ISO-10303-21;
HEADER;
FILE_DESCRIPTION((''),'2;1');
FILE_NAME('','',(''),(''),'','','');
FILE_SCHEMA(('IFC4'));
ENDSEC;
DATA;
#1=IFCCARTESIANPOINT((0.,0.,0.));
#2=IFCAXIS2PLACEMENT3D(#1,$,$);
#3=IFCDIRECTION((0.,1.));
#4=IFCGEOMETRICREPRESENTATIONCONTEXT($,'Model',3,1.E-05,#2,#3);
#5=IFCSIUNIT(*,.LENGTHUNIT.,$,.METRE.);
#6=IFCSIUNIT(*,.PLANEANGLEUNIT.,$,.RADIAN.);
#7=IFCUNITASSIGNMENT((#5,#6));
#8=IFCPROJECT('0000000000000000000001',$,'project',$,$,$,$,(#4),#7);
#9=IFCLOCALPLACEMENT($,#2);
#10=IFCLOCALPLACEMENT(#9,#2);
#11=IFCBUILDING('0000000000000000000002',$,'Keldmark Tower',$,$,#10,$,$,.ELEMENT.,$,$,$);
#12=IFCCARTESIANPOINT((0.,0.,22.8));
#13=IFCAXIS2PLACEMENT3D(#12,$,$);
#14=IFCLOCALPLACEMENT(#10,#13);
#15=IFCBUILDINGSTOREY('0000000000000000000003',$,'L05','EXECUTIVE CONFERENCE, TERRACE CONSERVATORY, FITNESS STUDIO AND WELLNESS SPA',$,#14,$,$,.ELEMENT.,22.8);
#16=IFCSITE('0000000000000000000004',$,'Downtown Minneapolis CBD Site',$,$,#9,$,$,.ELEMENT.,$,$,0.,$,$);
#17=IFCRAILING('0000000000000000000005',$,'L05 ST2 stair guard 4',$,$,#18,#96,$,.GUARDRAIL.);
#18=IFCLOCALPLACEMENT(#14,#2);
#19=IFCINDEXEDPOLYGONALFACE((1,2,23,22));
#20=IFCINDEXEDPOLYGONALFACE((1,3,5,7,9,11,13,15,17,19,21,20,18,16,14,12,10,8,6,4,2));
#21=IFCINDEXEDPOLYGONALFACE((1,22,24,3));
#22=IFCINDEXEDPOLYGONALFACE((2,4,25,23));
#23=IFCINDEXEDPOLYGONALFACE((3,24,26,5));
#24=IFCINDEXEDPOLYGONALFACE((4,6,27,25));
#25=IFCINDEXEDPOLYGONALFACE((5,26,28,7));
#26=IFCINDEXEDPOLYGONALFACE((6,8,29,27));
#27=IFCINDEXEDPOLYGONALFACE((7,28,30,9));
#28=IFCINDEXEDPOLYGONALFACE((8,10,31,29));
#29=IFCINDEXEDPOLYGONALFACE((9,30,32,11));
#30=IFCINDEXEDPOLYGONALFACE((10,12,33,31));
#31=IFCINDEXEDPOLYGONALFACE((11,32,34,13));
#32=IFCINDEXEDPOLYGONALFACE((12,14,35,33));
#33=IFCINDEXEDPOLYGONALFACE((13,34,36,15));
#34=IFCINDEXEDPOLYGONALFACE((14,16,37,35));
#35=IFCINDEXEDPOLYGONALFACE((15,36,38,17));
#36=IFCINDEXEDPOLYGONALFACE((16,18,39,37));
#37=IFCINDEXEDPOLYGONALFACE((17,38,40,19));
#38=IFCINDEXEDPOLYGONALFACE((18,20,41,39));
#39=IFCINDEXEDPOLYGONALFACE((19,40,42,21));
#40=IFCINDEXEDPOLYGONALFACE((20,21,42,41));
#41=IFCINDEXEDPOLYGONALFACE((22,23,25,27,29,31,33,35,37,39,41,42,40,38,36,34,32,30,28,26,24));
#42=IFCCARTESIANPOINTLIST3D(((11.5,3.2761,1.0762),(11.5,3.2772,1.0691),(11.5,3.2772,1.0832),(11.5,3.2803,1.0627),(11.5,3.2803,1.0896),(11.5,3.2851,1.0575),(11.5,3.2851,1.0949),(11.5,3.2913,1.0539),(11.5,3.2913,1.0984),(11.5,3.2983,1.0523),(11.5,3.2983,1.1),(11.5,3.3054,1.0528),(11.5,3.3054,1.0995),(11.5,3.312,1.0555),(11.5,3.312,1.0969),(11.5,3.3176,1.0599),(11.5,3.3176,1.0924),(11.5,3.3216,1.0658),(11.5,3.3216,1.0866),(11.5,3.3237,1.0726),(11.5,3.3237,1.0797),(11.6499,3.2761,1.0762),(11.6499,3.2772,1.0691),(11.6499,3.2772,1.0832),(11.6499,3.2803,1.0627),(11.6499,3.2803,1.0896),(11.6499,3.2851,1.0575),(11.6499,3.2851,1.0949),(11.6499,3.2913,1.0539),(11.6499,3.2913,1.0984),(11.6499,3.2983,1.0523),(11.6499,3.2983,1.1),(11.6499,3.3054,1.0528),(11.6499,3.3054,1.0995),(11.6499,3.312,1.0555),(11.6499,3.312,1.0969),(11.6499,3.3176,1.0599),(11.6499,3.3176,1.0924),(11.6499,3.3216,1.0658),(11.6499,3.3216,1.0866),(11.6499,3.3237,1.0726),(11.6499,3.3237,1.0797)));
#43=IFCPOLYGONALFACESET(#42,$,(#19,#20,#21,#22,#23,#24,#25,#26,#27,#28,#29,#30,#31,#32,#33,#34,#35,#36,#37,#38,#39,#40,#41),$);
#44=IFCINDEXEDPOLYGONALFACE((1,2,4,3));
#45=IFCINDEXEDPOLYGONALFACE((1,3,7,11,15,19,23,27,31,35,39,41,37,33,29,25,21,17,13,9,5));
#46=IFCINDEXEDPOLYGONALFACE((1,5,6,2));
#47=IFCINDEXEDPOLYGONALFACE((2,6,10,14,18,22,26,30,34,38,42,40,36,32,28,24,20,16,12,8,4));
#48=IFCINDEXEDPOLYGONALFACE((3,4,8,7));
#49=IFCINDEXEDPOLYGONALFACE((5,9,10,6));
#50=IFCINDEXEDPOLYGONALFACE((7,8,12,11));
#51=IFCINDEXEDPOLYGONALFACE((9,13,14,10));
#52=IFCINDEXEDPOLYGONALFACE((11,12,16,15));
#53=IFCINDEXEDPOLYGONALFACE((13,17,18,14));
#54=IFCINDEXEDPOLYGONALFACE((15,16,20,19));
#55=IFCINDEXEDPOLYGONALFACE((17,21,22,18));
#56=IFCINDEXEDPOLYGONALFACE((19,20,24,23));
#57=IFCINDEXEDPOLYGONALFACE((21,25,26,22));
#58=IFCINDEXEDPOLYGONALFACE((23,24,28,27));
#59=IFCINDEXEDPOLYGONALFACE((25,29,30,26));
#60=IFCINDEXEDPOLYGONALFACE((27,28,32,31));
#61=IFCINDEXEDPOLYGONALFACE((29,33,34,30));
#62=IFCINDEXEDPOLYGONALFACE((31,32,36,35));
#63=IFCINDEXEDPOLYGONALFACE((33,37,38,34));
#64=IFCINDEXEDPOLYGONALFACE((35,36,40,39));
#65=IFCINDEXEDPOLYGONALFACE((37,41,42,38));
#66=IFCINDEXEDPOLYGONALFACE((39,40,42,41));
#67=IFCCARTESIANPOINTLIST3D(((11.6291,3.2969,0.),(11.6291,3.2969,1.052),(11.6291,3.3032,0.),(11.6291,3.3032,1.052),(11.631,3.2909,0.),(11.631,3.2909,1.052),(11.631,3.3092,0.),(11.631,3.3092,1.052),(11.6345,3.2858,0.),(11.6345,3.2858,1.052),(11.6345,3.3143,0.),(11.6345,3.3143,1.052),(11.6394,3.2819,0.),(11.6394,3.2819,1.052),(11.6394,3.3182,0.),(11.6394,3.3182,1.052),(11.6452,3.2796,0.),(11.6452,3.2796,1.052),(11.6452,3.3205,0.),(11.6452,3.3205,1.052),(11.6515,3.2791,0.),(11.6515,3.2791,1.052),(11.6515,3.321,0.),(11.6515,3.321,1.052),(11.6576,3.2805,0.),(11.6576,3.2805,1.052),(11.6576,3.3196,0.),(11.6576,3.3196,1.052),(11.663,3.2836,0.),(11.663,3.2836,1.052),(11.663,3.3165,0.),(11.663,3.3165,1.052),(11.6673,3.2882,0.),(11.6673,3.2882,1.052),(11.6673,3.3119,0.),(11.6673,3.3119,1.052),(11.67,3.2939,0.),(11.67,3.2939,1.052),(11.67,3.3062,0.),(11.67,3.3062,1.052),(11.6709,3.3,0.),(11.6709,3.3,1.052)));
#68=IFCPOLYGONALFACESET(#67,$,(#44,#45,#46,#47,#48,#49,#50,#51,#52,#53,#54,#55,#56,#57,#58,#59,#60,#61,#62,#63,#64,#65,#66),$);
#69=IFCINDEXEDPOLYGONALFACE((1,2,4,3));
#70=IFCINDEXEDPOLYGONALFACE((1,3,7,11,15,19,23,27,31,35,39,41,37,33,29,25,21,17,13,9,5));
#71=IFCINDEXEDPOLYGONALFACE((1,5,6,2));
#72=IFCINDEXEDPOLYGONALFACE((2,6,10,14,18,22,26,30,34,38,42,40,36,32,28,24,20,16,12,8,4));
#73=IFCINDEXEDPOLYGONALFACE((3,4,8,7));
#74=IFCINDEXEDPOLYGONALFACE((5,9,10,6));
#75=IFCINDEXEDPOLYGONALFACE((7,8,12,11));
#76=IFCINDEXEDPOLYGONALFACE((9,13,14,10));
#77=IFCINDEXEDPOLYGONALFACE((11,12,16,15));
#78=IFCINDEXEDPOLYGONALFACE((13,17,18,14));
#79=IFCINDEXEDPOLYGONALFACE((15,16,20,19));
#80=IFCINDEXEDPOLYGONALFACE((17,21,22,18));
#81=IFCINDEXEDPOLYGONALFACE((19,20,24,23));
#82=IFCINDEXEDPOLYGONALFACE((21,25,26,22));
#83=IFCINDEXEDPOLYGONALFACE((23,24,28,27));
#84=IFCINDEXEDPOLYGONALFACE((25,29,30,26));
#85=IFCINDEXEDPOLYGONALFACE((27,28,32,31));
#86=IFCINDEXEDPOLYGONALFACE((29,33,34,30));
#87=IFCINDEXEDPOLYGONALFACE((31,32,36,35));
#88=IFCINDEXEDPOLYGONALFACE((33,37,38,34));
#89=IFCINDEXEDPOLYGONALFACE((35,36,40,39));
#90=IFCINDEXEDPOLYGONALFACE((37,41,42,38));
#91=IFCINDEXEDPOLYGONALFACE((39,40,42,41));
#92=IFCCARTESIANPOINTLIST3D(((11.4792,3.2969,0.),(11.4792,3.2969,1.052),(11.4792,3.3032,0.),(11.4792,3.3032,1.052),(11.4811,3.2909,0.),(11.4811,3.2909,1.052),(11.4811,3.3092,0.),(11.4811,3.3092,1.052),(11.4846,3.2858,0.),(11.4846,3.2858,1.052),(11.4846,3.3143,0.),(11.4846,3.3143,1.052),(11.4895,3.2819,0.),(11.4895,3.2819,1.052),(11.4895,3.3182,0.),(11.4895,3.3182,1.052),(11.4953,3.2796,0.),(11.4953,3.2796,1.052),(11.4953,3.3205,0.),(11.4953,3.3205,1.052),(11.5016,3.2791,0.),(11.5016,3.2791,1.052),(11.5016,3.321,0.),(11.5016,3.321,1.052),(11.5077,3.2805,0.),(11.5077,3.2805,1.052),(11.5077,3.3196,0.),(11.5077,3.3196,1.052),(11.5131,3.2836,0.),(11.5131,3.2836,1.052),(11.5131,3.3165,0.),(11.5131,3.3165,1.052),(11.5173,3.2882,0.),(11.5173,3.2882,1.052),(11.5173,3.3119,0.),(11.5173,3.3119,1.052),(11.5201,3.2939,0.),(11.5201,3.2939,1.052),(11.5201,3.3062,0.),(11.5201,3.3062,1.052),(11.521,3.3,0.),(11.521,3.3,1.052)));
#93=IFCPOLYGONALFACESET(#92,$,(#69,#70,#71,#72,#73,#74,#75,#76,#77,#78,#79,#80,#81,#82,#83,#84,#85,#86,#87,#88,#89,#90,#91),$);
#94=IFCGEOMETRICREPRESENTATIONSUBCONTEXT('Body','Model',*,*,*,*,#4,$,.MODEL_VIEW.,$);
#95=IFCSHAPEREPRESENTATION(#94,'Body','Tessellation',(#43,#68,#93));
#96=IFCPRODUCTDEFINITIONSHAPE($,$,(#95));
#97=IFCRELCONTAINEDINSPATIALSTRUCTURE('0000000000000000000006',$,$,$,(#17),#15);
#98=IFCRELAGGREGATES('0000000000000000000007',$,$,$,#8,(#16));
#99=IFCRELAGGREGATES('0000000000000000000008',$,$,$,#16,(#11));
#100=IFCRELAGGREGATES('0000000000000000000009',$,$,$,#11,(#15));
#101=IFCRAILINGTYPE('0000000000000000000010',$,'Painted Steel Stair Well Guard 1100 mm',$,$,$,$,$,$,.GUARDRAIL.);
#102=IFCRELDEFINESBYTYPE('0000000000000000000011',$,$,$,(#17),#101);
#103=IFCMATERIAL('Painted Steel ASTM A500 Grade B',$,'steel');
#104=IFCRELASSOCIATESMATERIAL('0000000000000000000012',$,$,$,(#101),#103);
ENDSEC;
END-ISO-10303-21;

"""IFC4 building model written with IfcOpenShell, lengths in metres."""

from ifc_helpers import new_model, si_unit, direction, frame, origin, origin_2d, place, context, subcontext, project, spatial, circle, extrude, material, type_object, element, save


model = new_model("IFC4")

# Units and contexts
model_context = context("Model", 3, precision=1e-05, world=origin(), true_north=direction((0.0, 1.0)))
body_context = subcontext(model_context, "Body", "Model", "MODEL_VIEW")
ifc_project = project(units=[si_unit("LENGTHUNIT", "METRE"), si_unit("PLANEANGLEUNIT", "RADIAN")], contexts=[model_context])

# Site, building, storey
site_placement = place(None, origin())
site = spatial("IfcSite", under=ifc_project, at=site_placement, Name="Downtown Minneapolis CBD Site", CompositionType="ELEMENT", RefElevation=0.0)
building_placement = place(site_placement, origin())
building = spatial("IfcBuilding", under=site, at=building_placement, Name="Keldmark Tower", CompositionType="ELEMENT")
storey_placement = place(building_placement, frame((0.0, 0.0, 22.8)))
storey = spatial("IfcBuildingStorey", under=building, at=storey_placement, Name="L05", Description="EXECUTIVE CONFERENCE, TERRACE CONSERVATORY, FITNESS STUDIO AND WELLNESS SPA", CompositionType="ELEMENT", Elevation=22.8)

# Railing
ifc_material_1 = material(Name="Painted Steel ASTM A500 Grade B", Category="steel")
railing_type_1 = type_object("IfcRailingType", Name="Painted Steel Stair Well Guard 1100 mm", PredefinedType="GUARDRAIL", material=ifc_material_1)
railing_1_placement = place(storey_placement, frame((11.6499, 3.3, 0.0)))
element("IfcRailing", 1, at=railing_1_placement, inside=storey, type_object=railing_type_1, Name="L05 ST2 stair guard 4", PredefinedType="GUARDRAIL", context=body_context, shape_type="SweptSolid", body=[
    extrude(circle(Radius=0.0239, at=origin_2d()), frame((0.0, 0.0, 1.0762), z_axis=(-1.0, 0.0, 0.0), x_axis=(0.0, -1.0, 0.0)), (0.0, 0.0, 1.0), 0.1499),
    extrude(circle(Radius=0.021, at=origin_2d()), origin(), (0.0, 0.0, 1.0), 1.052),
    extrude(circle(Radius=0.021, at=origin_2d()), frame((-0.1499, 0.0, 0.0)), (0.0, 0.0, 1.0), 1.052),
])

save(model, "model.ifc")
